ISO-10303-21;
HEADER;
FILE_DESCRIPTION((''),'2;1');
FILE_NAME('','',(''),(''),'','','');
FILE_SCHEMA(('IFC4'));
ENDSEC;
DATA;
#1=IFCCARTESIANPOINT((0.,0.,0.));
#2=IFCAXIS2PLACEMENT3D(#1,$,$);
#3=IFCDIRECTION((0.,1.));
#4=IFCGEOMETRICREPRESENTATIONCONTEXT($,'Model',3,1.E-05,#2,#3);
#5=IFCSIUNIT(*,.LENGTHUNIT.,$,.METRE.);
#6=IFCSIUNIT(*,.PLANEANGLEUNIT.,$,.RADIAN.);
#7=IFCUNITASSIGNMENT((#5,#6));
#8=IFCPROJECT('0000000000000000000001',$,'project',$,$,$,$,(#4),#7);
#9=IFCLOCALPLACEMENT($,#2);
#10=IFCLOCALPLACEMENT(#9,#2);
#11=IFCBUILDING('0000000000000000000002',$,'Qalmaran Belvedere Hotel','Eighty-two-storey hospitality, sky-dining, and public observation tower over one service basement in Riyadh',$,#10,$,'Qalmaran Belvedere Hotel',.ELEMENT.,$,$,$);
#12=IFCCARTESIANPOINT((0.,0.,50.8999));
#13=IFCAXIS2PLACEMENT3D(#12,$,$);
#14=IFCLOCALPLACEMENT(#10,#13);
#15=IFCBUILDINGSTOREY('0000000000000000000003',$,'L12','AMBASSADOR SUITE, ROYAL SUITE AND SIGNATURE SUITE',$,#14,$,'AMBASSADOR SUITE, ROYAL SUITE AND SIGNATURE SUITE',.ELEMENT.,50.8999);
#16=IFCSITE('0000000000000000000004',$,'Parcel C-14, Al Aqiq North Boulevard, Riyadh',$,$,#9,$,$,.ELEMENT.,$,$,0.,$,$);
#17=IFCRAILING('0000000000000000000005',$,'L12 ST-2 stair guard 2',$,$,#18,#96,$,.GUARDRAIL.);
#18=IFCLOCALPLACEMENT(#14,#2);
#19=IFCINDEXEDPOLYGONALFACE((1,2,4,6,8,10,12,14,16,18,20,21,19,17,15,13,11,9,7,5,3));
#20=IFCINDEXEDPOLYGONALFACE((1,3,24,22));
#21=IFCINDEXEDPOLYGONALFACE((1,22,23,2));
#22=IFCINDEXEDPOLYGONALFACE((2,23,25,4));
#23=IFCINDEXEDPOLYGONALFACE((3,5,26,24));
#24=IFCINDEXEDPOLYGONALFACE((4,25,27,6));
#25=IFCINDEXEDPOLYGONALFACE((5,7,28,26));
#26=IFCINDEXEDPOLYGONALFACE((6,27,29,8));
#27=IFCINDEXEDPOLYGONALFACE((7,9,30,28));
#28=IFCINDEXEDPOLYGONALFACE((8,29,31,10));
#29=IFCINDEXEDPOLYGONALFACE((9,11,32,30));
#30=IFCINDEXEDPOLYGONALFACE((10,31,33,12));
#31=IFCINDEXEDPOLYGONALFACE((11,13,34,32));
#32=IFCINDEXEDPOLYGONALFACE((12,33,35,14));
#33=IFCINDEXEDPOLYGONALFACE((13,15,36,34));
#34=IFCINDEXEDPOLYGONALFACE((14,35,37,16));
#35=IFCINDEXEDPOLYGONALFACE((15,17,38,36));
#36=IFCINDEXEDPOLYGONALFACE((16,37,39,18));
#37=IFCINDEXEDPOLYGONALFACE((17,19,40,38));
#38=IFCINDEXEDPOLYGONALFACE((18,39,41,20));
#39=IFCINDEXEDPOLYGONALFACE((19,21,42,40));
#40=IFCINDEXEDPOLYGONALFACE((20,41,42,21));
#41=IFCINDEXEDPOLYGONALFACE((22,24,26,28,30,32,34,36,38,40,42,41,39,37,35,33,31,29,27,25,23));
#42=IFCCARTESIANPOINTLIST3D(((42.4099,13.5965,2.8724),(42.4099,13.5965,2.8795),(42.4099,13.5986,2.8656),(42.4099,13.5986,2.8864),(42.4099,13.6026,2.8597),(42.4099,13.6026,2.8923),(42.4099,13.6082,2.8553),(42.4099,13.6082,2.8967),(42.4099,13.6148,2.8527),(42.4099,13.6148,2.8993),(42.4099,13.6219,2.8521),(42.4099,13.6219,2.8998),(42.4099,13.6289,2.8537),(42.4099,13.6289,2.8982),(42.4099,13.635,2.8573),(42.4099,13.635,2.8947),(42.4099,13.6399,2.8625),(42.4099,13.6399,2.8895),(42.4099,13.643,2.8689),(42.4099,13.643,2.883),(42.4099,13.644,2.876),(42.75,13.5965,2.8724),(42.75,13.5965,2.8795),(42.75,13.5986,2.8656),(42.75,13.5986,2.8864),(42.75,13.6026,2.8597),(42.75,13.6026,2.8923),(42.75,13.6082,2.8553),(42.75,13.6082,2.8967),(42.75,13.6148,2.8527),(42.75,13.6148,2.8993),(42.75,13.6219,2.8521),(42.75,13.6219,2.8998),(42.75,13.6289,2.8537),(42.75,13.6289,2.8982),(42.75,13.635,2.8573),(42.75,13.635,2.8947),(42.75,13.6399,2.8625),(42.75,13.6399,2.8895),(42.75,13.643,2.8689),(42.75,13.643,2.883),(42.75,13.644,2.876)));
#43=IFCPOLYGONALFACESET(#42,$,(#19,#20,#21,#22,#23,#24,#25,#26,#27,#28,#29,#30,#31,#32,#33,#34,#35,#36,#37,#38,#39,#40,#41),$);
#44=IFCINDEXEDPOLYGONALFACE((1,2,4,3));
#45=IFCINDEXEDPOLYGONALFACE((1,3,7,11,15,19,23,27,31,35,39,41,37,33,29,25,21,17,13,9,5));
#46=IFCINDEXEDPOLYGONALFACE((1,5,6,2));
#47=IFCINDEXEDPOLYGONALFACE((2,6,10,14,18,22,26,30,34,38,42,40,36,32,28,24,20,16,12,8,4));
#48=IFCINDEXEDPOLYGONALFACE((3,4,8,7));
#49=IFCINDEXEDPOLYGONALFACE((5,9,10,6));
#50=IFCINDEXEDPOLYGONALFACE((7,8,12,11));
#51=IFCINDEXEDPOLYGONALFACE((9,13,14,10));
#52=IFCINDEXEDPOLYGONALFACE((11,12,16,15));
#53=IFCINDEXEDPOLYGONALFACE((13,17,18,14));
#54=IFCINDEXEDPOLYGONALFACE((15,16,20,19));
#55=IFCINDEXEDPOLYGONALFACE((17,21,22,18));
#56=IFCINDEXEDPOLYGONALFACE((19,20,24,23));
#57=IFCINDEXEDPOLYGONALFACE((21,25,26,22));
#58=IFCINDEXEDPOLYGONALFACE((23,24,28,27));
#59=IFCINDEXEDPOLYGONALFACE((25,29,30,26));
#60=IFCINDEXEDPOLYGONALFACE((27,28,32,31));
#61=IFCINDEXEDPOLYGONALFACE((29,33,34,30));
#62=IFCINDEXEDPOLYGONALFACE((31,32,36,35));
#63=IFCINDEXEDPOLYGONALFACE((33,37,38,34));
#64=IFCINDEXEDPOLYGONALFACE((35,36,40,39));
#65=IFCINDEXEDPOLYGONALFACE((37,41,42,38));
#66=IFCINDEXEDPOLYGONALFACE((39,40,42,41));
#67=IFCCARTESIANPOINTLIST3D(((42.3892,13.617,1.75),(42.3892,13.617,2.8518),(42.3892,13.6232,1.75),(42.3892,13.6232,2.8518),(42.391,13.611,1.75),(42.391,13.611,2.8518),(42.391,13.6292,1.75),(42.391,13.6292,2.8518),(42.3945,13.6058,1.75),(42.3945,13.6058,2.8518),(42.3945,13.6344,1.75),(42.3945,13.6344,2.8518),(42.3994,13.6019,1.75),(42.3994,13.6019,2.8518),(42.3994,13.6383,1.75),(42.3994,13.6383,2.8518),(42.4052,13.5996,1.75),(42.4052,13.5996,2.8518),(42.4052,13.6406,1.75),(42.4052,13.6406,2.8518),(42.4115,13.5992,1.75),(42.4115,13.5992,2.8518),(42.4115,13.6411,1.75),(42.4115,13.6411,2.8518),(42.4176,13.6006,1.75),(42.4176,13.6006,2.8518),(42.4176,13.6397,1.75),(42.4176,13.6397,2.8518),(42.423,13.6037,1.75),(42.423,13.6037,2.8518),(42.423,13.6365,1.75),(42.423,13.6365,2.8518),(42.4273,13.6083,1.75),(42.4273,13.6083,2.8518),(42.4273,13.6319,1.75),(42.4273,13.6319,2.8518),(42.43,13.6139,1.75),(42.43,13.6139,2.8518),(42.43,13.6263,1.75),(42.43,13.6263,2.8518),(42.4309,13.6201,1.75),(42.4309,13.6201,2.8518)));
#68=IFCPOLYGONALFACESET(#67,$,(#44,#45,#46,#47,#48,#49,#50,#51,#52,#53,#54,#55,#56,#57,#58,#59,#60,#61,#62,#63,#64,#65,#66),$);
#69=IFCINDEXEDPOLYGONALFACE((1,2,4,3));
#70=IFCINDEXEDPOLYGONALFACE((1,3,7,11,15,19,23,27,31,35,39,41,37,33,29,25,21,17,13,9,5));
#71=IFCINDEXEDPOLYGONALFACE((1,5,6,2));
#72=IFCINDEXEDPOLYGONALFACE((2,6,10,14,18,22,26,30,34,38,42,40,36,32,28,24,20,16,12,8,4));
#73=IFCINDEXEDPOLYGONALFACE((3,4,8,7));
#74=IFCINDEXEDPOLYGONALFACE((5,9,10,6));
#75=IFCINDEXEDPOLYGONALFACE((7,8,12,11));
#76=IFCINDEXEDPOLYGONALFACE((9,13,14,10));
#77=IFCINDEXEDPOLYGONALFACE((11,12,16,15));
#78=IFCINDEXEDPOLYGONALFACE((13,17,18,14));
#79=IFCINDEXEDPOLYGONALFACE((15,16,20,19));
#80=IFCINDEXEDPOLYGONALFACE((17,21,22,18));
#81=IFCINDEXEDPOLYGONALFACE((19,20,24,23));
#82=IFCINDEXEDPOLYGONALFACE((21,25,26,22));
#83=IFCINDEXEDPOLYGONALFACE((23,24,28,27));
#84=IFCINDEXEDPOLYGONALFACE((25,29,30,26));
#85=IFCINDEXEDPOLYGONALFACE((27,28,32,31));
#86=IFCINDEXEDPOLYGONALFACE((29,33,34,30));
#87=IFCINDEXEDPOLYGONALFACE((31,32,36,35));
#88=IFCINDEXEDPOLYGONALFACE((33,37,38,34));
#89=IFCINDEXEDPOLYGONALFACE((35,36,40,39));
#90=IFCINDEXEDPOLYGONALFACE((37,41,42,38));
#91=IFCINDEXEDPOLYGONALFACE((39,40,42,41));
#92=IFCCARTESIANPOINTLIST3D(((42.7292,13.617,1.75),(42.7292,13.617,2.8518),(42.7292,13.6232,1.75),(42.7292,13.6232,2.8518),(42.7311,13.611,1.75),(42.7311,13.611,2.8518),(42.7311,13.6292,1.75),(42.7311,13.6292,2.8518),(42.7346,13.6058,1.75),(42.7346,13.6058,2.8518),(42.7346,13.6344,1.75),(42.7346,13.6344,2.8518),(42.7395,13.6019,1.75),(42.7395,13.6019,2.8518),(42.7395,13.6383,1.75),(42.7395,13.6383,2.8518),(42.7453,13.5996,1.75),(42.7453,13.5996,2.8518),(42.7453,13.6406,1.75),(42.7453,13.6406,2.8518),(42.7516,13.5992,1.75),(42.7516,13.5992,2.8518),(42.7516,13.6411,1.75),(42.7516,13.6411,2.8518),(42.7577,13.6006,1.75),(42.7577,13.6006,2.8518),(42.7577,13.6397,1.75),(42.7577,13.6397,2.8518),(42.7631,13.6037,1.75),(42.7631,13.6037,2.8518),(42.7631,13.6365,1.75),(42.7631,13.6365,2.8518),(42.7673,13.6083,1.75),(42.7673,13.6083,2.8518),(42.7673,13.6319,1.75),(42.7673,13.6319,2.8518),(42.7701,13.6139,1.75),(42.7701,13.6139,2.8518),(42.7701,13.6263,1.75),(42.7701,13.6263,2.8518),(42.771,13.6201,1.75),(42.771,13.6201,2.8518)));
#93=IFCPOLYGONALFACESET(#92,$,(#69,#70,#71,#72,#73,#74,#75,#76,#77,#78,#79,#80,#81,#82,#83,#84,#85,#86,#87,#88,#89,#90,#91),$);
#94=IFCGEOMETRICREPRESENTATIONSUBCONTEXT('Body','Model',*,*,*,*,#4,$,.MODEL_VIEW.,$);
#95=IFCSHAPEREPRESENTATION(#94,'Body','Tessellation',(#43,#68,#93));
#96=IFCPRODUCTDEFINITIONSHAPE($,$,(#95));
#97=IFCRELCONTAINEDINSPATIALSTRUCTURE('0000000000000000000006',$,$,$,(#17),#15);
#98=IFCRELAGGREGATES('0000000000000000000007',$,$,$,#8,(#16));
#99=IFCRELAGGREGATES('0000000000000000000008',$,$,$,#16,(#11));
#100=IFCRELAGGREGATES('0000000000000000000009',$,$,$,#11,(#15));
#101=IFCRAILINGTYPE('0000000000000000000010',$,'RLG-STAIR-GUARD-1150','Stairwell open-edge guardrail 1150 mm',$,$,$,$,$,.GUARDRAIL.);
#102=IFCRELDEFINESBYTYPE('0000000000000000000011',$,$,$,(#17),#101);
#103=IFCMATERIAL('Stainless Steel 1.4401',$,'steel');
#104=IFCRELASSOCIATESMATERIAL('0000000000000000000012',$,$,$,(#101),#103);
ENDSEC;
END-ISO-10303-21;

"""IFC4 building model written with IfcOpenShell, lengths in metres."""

from ifc_helpers import new_model, si_unit, direction, frame, origin, origin_2d, place, context, subcontext, project, spatial, circle, extrude, material, type_object, element, save


model = new_model("IFC4")

# Units and contexts
model_context = context("Model", 3, precision=1e-05, world=origin(), true_north=direction((0.0, 1.0)))
body_context = subcontext(model_context, "Body", "Model", "MODEL_VIEW")
ifc_project = project(units=[si_unit("LENGTHUNIT", "METRE"), si_unit("PLANEANGLEUNIT", "RADIAN")], contexts=[model_context])

# Site, building, storey
site_placement = place(None, origin())
site = spatial("IfcSite", under=ifc_project, at=site_placement, Name="Parcel C-14, Al Aqiq North Boulevard, Riyadh", CompositionType="ELEMENT", RefElevation=0.0)
building_placement = place(site_placement, origin())
building = spatial("IfcBuilding", under=site, at=building_placement, Name="Qalmaran Belvedere Hotel", Description="Eighty-two-storey hospitality, sky-dining, and public observation tower over one service basement in Riyadh", LongName="Qalmaran Belvedere Hotel", CompositionType="ELEMENT")
storey_placement = place(building_placement, frame((0.0, 0.0, 50.8999)))
storey = spatial("IfcBuildingStorey", under=building, at=storey_placement, Name="L12", Description="AMBASSADOR SUITE, ROYAL SUITE AND SIGNATURE SUITE", LongName="AMBASSADOR SUITE, ROYAL SUITE AND SIGNATURE SUITE", CompositionType="ELEMENT", Elevation=50.8999)

# Shared definitions
ifc_material_1 = material(Name="Stainless Steel 1.4401", Category="steel")

# Railing
railing_type_1 = type_object("IfcRailingType", Name="RLG-STAIR-GUARD-1150", Description="Stairwell open-edge guardrail 1150 mm", PredefinedType="GUARDRAIL", material=ifc_material_1)
railing_1_placement = place(storey_placement, frame((42.4099, 13.6201, 1.75)))
element("IfcRailing", 1, at=railing_1_placement, inside=storey, type_object=railing_type_1, Name="L12 ST-2 stair guard 2", PredefinedType="GUARDRAIL", context=body_context, shape_type="SweptSolid", body=[
    extrude(circle(Radius=0.0239, at=origin_2d()), frame((0.0, 0.0, 1.126), z_axis=(1.0, 0.0, 0.0), x_axis=(0.0, 1.0, 0.0)), (0.0, 0.0, 1.0), 0.3401),
    extrude(circle(Radius=0.021, at=origin_2d()), origin(), (0.0, 0.0, 1.0), 1.1018),
    extrude(circle(Radius=0.021, at=origin_2d()), frame((0.3401, 0.0, 0.0)), (0.0, 0.0, 1.0), 1.1018),
])

save(model, "model.ifc")
